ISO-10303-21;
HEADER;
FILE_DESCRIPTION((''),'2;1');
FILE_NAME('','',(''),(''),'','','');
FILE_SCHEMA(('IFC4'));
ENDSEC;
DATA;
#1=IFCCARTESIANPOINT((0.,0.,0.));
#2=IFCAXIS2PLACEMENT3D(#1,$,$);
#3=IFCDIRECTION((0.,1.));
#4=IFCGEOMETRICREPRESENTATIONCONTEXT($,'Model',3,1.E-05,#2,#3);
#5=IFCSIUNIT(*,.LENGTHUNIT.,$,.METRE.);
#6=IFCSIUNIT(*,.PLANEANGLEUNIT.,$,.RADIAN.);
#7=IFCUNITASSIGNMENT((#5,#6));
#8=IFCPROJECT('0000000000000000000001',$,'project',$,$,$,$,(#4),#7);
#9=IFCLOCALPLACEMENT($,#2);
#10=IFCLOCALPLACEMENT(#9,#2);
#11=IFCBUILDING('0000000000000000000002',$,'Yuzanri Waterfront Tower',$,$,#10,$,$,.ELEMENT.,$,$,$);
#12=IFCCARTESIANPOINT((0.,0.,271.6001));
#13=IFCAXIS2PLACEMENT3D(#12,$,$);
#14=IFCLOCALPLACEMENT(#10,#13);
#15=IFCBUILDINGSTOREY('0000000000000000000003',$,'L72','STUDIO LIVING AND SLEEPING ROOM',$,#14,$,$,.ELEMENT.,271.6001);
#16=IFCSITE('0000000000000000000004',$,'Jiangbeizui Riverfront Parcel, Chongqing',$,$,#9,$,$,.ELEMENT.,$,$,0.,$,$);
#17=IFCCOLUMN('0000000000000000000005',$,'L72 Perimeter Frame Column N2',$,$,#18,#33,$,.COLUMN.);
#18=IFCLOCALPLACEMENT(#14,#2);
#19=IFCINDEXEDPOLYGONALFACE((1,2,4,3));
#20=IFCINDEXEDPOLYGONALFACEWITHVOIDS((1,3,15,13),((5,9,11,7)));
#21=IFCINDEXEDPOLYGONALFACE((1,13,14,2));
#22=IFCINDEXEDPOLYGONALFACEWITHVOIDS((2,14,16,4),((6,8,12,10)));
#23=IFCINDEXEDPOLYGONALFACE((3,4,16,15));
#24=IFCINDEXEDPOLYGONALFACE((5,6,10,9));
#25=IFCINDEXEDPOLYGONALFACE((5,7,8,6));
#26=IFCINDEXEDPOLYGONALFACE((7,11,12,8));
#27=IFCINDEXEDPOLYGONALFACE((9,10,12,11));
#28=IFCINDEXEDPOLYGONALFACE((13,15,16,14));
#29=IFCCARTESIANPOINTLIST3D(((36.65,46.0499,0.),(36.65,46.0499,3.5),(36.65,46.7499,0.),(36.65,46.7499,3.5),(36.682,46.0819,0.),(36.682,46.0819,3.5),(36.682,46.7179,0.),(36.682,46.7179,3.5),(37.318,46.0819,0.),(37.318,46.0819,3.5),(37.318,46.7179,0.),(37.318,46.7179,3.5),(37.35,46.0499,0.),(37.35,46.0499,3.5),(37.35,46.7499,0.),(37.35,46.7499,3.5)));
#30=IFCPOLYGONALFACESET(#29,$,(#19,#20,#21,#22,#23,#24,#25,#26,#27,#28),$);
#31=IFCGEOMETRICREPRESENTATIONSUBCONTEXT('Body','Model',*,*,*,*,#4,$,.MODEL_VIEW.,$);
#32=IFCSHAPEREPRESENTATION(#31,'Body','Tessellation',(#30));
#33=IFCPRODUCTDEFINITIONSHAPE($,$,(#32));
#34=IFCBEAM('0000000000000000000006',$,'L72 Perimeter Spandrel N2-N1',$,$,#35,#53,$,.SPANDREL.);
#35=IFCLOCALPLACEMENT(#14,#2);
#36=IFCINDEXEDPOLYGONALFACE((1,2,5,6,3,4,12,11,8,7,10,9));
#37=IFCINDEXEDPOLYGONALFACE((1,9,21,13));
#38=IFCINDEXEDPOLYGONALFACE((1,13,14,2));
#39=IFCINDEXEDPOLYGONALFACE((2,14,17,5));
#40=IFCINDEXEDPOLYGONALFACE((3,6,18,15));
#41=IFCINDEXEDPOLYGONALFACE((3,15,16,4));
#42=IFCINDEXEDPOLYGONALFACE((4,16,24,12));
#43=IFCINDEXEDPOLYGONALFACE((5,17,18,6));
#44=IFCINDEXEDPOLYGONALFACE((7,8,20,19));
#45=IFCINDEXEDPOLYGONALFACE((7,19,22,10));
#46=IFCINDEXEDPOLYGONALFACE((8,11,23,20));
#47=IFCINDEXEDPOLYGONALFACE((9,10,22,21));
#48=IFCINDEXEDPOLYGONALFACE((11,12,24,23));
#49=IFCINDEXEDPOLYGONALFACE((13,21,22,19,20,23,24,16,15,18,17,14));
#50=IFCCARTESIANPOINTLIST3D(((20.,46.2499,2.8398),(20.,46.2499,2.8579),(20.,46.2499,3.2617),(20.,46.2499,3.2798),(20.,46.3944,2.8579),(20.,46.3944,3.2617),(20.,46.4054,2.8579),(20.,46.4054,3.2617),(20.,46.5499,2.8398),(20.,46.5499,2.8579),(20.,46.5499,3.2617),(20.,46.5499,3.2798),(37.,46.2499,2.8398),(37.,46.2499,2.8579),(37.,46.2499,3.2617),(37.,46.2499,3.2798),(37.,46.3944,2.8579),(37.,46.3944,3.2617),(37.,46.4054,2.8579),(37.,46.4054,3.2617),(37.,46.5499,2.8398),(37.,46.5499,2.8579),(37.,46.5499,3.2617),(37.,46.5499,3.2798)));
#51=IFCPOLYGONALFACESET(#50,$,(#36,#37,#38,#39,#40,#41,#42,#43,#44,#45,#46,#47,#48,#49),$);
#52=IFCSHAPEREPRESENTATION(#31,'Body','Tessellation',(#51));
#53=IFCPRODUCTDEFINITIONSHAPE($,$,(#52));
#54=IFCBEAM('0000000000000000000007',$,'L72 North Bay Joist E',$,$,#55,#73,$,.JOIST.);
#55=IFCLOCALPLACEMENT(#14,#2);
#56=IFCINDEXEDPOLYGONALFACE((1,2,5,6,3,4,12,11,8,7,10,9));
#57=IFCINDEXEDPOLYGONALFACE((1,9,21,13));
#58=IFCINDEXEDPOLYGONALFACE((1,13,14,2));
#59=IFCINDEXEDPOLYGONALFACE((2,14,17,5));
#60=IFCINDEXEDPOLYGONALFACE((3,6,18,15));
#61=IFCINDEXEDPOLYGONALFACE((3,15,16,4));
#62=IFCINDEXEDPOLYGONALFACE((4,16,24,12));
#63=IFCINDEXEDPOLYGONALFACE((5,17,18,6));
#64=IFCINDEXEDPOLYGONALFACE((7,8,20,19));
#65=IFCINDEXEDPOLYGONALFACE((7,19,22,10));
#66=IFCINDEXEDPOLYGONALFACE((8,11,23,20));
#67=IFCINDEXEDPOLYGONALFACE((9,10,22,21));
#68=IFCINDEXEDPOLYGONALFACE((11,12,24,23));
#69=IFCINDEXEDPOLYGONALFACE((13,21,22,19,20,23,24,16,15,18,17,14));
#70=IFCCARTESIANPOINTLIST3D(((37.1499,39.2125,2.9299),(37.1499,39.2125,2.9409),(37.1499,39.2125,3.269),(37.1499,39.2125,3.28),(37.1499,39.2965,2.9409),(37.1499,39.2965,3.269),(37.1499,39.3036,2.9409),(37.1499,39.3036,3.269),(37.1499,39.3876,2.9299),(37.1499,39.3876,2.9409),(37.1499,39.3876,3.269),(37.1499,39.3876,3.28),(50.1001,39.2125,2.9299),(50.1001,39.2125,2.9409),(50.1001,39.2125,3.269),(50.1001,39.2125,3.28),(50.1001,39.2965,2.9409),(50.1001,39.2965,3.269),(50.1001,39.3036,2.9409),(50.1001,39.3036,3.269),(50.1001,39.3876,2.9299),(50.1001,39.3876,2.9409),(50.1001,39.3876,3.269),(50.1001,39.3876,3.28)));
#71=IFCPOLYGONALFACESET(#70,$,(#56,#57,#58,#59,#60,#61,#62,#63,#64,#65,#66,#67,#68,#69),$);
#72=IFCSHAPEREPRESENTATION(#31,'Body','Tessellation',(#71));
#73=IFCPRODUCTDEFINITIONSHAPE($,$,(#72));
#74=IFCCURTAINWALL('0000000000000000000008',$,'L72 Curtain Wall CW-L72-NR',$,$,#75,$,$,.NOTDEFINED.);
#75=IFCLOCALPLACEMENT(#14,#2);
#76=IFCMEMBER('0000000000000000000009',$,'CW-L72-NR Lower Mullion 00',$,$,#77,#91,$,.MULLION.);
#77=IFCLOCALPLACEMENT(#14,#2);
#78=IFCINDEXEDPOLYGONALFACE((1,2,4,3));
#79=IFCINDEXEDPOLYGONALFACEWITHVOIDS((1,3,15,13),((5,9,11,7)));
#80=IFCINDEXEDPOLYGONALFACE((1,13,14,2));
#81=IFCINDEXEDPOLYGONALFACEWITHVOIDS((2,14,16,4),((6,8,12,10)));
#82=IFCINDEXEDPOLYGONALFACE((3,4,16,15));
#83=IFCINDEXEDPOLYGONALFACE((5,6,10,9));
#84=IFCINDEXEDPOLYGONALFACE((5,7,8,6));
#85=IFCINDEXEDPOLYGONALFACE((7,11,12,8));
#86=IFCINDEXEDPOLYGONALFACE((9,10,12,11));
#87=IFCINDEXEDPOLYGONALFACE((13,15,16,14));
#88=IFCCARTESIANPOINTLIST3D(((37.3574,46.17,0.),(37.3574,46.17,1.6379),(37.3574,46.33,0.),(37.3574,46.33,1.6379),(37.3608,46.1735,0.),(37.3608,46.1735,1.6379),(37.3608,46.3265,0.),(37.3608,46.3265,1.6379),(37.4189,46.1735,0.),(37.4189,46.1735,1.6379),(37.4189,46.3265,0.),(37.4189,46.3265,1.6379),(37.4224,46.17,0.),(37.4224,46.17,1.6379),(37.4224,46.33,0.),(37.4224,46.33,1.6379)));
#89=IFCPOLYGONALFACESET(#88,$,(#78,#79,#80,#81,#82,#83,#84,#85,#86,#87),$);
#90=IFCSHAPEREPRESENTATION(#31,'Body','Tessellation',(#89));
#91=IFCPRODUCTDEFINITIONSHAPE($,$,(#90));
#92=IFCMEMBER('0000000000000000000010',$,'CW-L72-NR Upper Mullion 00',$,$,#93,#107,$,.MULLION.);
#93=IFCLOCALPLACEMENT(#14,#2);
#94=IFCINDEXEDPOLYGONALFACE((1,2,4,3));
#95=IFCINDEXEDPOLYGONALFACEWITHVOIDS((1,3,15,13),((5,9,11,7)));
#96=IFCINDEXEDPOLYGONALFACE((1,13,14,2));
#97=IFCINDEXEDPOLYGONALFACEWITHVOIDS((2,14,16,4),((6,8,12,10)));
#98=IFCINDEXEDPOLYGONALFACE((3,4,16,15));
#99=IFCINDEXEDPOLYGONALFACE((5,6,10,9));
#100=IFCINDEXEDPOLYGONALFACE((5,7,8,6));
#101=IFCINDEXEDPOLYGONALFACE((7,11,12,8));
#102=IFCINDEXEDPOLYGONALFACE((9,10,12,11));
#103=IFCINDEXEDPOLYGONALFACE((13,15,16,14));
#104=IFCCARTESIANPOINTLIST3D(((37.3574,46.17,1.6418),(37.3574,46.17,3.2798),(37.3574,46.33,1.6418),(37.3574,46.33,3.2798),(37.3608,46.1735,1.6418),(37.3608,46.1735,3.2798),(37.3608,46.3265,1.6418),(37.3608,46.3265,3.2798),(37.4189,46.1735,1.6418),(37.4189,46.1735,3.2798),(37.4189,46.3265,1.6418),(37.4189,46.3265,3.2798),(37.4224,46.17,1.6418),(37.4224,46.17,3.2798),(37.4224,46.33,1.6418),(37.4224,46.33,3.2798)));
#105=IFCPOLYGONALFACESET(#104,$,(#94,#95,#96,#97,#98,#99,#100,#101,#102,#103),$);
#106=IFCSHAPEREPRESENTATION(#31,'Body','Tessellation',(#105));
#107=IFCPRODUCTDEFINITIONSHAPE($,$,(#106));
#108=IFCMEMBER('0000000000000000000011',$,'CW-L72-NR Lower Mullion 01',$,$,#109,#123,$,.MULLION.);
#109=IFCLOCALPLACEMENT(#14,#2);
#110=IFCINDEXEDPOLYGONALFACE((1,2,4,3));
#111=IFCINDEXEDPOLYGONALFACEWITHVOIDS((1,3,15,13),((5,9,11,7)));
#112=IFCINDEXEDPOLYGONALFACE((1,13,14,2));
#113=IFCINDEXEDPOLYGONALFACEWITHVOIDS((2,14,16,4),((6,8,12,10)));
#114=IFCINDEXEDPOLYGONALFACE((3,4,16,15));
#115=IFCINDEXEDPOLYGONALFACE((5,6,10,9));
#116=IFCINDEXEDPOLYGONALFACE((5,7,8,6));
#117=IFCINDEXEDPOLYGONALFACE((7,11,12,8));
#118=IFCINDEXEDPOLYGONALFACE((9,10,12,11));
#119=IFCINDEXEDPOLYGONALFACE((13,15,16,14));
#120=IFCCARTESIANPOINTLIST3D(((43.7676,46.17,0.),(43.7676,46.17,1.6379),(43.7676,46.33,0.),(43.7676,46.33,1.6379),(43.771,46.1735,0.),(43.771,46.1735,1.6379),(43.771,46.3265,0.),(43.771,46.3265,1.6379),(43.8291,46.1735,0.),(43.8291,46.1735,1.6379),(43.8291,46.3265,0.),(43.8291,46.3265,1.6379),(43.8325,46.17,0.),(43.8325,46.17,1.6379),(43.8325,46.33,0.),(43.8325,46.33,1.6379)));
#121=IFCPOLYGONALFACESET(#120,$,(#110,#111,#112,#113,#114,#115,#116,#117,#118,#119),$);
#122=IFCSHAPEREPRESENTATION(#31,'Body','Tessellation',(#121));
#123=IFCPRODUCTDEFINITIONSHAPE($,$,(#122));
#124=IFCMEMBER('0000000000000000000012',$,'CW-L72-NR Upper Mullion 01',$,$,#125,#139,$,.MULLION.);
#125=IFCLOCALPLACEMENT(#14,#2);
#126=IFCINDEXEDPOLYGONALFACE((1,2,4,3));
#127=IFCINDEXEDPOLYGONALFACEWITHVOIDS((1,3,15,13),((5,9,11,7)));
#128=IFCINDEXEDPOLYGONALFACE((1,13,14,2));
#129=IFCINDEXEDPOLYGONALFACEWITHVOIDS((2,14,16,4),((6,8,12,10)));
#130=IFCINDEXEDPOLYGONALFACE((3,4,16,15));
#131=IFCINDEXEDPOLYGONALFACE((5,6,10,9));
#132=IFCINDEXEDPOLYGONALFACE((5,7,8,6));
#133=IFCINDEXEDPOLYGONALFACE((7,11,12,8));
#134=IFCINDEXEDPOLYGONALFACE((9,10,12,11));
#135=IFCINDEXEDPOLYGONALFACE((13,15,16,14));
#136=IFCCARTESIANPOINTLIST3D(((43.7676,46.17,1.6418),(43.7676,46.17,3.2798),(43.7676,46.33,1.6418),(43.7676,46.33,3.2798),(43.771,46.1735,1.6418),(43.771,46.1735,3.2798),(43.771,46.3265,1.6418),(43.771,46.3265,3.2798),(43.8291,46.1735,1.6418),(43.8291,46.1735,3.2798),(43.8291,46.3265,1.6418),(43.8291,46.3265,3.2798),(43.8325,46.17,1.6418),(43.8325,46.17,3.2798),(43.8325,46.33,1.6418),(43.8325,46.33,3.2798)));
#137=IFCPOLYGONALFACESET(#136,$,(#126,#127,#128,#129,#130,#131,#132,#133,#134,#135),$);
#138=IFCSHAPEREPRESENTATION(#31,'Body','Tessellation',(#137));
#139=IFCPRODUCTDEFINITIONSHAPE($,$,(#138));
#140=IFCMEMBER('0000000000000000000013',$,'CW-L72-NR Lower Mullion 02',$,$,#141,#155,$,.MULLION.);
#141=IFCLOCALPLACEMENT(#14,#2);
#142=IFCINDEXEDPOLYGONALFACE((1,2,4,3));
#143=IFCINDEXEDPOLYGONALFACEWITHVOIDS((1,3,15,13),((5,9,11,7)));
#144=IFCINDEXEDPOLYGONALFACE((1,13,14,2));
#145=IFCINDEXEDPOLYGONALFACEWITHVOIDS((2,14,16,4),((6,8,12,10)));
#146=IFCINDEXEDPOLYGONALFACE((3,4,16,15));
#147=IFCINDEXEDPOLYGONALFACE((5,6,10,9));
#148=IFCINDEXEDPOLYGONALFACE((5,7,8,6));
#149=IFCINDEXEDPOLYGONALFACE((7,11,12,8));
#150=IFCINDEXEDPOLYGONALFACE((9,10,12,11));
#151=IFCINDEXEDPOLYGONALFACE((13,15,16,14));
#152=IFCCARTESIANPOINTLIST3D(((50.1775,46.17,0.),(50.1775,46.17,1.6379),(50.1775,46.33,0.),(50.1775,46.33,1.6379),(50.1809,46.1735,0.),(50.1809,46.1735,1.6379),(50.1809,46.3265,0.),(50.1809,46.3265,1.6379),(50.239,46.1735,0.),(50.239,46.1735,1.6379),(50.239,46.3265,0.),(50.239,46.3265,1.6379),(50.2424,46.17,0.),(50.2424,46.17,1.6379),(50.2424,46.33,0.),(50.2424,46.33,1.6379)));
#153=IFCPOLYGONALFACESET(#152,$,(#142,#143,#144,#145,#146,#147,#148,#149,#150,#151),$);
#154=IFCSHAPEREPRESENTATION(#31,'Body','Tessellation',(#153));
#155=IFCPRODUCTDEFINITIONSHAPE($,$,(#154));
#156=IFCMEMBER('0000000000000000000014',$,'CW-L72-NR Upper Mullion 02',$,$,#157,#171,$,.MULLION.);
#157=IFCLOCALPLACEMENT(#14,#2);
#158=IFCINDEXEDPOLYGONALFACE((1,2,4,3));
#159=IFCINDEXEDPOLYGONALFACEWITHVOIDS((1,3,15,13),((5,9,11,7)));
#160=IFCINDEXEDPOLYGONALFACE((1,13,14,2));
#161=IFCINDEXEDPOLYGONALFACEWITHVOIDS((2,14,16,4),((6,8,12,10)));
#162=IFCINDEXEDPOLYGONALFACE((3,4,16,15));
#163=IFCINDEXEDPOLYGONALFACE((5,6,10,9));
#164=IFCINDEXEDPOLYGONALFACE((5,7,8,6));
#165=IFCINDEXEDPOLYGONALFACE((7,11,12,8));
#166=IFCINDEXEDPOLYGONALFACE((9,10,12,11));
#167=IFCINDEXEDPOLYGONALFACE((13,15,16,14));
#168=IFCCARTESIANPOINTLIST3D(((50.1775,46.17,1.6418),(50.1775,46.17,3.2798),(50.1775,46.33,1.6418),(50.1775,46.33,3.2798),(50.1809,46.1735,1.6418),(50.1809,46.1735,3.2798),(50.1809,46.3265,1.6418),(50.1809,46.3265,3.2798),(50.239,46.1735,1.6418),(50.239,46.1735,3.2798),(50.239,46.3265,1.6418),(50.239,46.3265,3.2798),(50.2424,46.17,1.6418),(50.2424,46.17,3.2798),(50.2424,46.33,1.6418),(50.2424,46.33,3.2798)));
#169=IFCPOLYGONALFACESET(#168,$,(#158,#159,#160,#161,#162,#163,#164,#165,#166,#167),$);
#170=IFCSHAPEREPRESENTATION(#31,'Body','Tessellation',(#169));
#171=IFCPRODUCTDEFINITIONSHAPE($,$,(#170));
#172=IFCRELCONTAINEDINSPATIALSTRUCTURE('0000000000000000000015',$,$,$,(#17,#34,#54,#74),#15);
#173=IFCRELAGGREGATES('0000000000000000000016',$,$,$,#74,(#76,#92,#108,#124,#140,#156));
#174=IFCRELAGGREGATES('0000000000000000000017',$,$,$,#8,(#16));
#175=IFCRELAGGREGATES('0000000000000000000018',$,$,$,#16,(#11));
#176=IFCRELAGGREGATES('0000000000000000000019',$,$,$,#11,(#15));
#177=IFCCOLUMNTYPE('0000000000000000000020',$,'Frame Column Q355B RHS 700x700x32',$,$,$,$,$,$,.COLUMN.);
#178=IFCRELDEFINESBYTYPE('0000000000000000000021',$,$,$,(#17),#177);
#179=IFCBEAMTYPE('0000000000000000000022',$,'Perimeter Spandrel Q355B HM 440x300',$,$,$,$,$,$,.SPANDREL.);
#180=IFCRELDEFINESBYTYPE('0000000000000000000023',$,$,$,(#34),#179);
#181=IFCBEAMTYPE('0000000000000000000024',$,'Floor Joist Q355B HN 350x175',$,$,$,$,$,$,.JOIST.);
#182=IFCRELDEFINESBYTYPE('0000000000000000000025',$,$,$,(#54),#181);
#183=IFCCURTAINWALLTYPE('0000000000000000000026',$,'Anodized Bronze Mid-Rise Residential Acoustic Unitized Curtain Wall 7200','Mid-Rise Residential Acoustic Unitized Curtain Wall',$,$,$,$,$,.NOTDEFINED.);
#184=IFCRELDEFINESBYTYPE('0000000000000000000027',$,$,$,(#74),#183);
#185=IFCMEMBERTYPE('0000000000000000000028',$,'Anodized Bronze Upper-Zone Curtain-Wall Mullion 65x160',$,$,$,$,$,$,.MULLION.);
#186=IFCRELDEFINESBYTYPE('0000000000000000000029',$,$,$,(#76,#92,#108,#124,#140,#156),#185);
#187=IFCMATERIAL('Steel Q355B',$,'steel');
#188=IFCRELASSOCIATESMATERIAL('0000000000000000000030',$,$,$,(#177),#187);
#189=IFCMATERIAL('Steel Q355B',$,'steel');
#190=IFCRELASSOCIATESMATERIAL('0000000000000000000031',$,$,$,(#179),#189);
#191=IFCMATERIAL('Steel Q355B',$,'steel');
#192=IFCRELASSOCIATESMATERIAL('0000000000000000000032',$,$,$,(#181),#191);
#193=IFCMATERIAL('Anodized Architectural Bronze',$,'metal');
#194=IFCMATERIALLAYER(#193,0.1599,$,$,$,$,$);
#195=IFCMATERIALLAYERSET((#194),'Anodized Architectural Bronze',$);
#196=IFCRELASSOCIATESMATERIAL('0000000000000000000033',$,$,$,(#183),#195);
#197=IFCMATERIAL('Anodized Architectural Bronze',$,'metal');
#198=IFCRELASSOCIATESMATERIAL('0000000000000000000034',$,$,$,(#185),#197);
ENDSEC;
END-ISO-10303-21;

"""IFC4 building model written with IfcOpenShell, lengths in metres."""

from ifc_helpers import new_model, si_unit, direction, frame, origin, origin_2d, place, context, subcontext, project, spatial, hollow_rectangle, i_section, extrude, source, transform, mapped, material, layer, layer_set, material_profile, profile_set, type_object, element, aggregate, save


model = new_model("IFC4")

# Units and contexts
model_context = context("Model", 3, precision=1e-05, world=origin(), true_north=direction((0.0, 1.0)))
body_context = subcontext(model_context, "Body", "Model", "MODEL_VIEW")
ifc_project = project(units=[si_unit("LENGTHUNIT", "METRE"), si_unit("PLANEANGLEUNIT", "RADIAN")], contexts=[model_context])

# Site, building, storey
site_placement = place(None, origin())
site = spatial("IfcSite", under=ifc_project, at=site_placement, Name="Jiangbeizui Riverfront Parcel, Chongqing", CompositionType="ELEMENT", RefElevation=0.0)
building_placement = place(site_placement, origin())
building = spatial("IfcBuilding", under=site, at=building_placement, Name="Yuzanri Waterfront Tower", CompositionType="ELEMENT")
storey_placement = place(building_placement, frame((0.0, 0.0, 271.6001)))
storey = spatial("IfcBuildingStorey", under=building, at=storey_placement, Name="L72", Description="STUDIO LIVING AND SLEEPING ROOM", CompositionType="ELEMENT", Elevation=271.6001)

# Column
ifc_material_1 = material(Name="Steel Q355B", Category="steel")
ifc_material_profile_1 = material_profile(ifc_material_1, hollow_rectangle(XDim=0.7, YDim=0.7, WallThickness=0.032, at=origin_2d()), Name="RHS 700x700x32")
ifc_profile_set_1 = profile_set([ifc_material_profile_1], Name="Steel Q355B")
column_type = type_object("IfcColumnType", Name="Frame Column Q355B RHS 700x700x32", PredefinedType="COLUMN", material=ifc_profile_set_1)
shared_shape_1 = source(origin(), body_context, "Body", "SweptSolid", [
    extrude(hollow_rectangle(XDim=0.7, YDim=0.7, WallThickness=0.032, at=origin_2d()), origin(), (0.0, 0.0, 1.0), 3.5),
])
column_placement = place(storey_placement, frame((37.0, 46.3999, 0.0), z_axis=(0.0, 0.0, 1.0), x_axis=(1.0, 0.0, 0.0)))
element("IfcColumn", 1, at=column_placement, inside=storey, type_object=column_type, Name="L72 Perimeter Frame Column N2", PredefinedType="COLUMN", context=body_context, shape_type="MappedRepresentation", body=[
    mapped(shared_shape_1, transform((0.0, 0.0, 0.0), scale=1.0)),
])

# Beams
ifc_material_2 = material(Name="Steel Q355B", Category="steel")
ifc_material_profile_2 = material_profile(ifc_material_2, i_section(OverallWidth=0.3, OverallDepth=0.4399, WebThickness=0.011, FlangeThickness=0.0181, at=origin_2d()), Name="HM 440x300x11x18")
ifc_profile_set_2 = profile_set([ifc_material_profile_2], Name="Steel Q355B")
beam_type_1 = type_object("IfcBeamType", Name="Perimeter Spandrel Q355B HM 440x300", PredefinedType="SPANDREL", material=ifc_profile_set_2)
shared_shape_2 = source(origin(), body_context, "Body", "SweptSolid", [
    extrude(i_section(OverallWidth=0.3, OverallDepth=0.4399, WebThickness=0.011, FlangeThickness=0.0181, at=origin_2d()), origin(), (0.0, 0.0, 1.0), 17.0),
])
beam_1_placement = place(storey_placement, frame((37.0, 46.3999, 3.0598), z_axis=(-1.0, 0.0, 0.0), x_axis=(0.0, -1.0, 0.0)))
element("IfcBeam", 2, at=beam_1_placement, inside=storey, type_object=beam_type_1, Name="L72 Perimeter Spandrel N2-N1", PredefinedType="SPANDREL", context=body_context, shape_type="MappedRepresentation", body=[
    mapped(shared_shape_2, transform((0.0, 0.0, 0.0), scale=1.0)),
])
ifc_material_3 = material(Name="Steel Q355B", Category="steel")
ifc_material_profile_3 = material_profile(ifc_material_3, i_section(OverallWidth=0.175, OverallDepth=0.3501, WebThickness=0.0071, FlangeThickness=0.011, at=origin_2d()), Name="HN 350x175x7x11")
ifc_profile_set_3 = profile_set([ifc_material_profile_3], Name="Steel Q355B")
beam_type_2 = type_object("IfcBeamType", Name="Floor Joist Q355B HN 350x175", PredefinedType="JOIST", material=ifc_profile_set_3)
shared_shape_3 = source(origin(), body_context, "Body", "SweptSolid", [
    extrude(i_section(OverallWidth=0.175, OverallDepth=0.3501, WebThickness=0.0071, FlangeThickness=0.011, at=origin_2d()), origin(), (0.0, 0.0, 1.0), 12.9502),
])
beam_2_placement = place(storey_placement, frame((37.1499, 39.3, 3.105), z_axis=(1.0, 0.0, 0.0), x_axis=(0.0, 1.0, 0.0)))
element("IfcBeam", 3, at=beam_2_placement, inside=storey, type_object=beam_type_2, Name="L72 North Bay Joist E", PredefinedType="JOIST", context=body_context, shape_type="MappedRepresentation", body=[
    mapped(shared_shape_3, transform((0.0, 0.0, 0.0), scale=1.0)),
])

# Curtain wall, members
ifc_material_4 = material(Name="Anodized Architectural Bronze", Category="metal")
ifc_layer_1 = layer(ifc_material_4, 0.1599)
ifc_layer_set_1 = layer_set([ifc_layer_1], Name="Anodized Architectural Bronze")
curtain_wall_type = type_object("IfcCurtainWallType", Name="Anodized Bronze Mid-Rise Residential Acoustic Unitized Curtain Wall 7200", Description="Mid-Rise Residential Acoustic Unitized Curtain Wall", PredefinedType="NOTDEFINED", material=ifc_layer_set_1)
curtain_wall_placement = place(storey_placement, origin())
curtain_wall = element("IfcCurtainWall", 4, at=curtain_wall_placement, inside=storey, type_object=curtain_wall_type, Name="L72 Curtain Wall CW-L72-NR", PredefinedType="NOTDEFINED")
ifc_material_5 = material(Name="Anodized Architectural Bronze", Category="metal")
ifc_material_profile_4 = material_profile(ifc_material_5, hollow_rectangle(XDim=0.0649, YDim=0.1599, WallThickness=0.0034, at=origin_2d()), Name="CWM 65x160")
ifc_profile_set_4 = profile_set([ifc_material_profile_4], Name="Anodized Architectural Bronze")
member_type_1 = type_object("IfcMemberType", Name="Anodized Bronze Upper-Zone Curtain-Wall Mullion 65x160", PredefinedType="MULLION", material=ifc_profile_set_4)
shared_shape_4 = source(origin(), body_context, "Body", "SweptSolid", [
    extrude(hollow_rectangle(XDim=0.0649, YDim=0.1599, WallThickness=0.0034, at=origin_2d()), origin(), (0.0, 0.0, 1.0), 1.6379),
])
member_1_placement = place(storey_placement, frame((37.3899, 46.25, 0.0), z_axis=(0.0, 0.0, 1.0), x_axis=(1.0, 0.0, 0.0)))
member_1 = element("IfcMember", 5, at=member_1_placement, type_object=member_type_1, Name="CW-L72-NR Lower Mullion 00", PredefinedType="MULLION", context=body_context, shape_type="MappedRepresentation", body=[
    mapped(shared_shape_4, transform((0.0, 0.0, 0.0), scale=1.0)),
])
member_2_placement = place(storey_placement, frame((37.3899, 46.25, 1.6418), z_axis=(0.0, 0.0, 1.0), x_axis=(1.0, 0.0, 0.0)))
member_2 = element("IfcMember", 6, at=member_2_placement, type_object=member_type_1, Name="CW-L72-NR Upper Mullion 00", PredefinedType="MULLION", context=body_context, shape_type="MappedRepresentation", body=[
    mapped(shared_shape_4, transform((0.0, 0.0, 0.0), scale=1.0)),
])
member_3_placement = place(storey_placement, frame((43.8, 46.25, 0.0), z_axis=(0.0, 0.0, 1.0), x_axis=(1.0, 0.0, 0.0)))
member_3 = element("IfcMember", 7, at=member_3_placement, type_object=member_type_1, Name="CW-L72-NR Lower Mullion 01", PredefinedType="MULLION", context=body_context, shape_type="MappedRepresentation", body=[
    mapped(shared_shape_4, transform((0.0, 0.0, 0.0), scale=1.0)),
])
member_4_placement = place(storey_placement, frame((43.8, 46.25, 1.6418), z_axis=(0.0, 0.0, 1.0), x_axis=(1.0, 0.0, 0.0)))
member_4 = element("IfcMember", 8, at=member_4_placement, type_object=member_type_1, Name="CW-L72-NR Upper Mullion 01", PredefinedType="MULLION", context=body_context, shape_type="MappedRepresentation", body=[
    mapped(shared_shape_4, transform((0.0, 0.0, 0.0), scale=1.0)),
])
member_5_placement = place(storey_placement, frame((50.21, 46.25, 0.0), z_axis=(0.0, 0.0, 1.0), x_axis=(1.0, 0.0, 0.0)))
member_5 = element("IfcMember", 9, at=member_5_placement, type_object=member_type_1, Name="CW-L72-NR Lower Mullion 02", PredefinedType="MULLION", context=body_context, shape_type="MappedRepresentation", body=[
    mapped(shared_shape_4, transform((0.0, 0.0, 0.0), scale=1.0)),
])
member_6_placement = place(storey_placement, frame((50.21, 46.25, 1.6418), z_axis=(0.0, 0.0, 1.0), x_axis=(1.0, 0.0, 0.0)))
member_6 = element("IfcMember", 10, at=member_6_placement, type_object=member_type_1, Name="CW-L72-NR Upper Mullion 02", PredefinedType="MULLION", context=body_context, shape_type="MappedRepresentation", body=[
    mapped(shared_shape_4, transform((0.0, 0.0, 0.0), scale=1.0)),
])
aggregate(curtain_wall, [member_1, member_2, member_3, member_4, member_5, member_6])

save(model, "model.ifc")
